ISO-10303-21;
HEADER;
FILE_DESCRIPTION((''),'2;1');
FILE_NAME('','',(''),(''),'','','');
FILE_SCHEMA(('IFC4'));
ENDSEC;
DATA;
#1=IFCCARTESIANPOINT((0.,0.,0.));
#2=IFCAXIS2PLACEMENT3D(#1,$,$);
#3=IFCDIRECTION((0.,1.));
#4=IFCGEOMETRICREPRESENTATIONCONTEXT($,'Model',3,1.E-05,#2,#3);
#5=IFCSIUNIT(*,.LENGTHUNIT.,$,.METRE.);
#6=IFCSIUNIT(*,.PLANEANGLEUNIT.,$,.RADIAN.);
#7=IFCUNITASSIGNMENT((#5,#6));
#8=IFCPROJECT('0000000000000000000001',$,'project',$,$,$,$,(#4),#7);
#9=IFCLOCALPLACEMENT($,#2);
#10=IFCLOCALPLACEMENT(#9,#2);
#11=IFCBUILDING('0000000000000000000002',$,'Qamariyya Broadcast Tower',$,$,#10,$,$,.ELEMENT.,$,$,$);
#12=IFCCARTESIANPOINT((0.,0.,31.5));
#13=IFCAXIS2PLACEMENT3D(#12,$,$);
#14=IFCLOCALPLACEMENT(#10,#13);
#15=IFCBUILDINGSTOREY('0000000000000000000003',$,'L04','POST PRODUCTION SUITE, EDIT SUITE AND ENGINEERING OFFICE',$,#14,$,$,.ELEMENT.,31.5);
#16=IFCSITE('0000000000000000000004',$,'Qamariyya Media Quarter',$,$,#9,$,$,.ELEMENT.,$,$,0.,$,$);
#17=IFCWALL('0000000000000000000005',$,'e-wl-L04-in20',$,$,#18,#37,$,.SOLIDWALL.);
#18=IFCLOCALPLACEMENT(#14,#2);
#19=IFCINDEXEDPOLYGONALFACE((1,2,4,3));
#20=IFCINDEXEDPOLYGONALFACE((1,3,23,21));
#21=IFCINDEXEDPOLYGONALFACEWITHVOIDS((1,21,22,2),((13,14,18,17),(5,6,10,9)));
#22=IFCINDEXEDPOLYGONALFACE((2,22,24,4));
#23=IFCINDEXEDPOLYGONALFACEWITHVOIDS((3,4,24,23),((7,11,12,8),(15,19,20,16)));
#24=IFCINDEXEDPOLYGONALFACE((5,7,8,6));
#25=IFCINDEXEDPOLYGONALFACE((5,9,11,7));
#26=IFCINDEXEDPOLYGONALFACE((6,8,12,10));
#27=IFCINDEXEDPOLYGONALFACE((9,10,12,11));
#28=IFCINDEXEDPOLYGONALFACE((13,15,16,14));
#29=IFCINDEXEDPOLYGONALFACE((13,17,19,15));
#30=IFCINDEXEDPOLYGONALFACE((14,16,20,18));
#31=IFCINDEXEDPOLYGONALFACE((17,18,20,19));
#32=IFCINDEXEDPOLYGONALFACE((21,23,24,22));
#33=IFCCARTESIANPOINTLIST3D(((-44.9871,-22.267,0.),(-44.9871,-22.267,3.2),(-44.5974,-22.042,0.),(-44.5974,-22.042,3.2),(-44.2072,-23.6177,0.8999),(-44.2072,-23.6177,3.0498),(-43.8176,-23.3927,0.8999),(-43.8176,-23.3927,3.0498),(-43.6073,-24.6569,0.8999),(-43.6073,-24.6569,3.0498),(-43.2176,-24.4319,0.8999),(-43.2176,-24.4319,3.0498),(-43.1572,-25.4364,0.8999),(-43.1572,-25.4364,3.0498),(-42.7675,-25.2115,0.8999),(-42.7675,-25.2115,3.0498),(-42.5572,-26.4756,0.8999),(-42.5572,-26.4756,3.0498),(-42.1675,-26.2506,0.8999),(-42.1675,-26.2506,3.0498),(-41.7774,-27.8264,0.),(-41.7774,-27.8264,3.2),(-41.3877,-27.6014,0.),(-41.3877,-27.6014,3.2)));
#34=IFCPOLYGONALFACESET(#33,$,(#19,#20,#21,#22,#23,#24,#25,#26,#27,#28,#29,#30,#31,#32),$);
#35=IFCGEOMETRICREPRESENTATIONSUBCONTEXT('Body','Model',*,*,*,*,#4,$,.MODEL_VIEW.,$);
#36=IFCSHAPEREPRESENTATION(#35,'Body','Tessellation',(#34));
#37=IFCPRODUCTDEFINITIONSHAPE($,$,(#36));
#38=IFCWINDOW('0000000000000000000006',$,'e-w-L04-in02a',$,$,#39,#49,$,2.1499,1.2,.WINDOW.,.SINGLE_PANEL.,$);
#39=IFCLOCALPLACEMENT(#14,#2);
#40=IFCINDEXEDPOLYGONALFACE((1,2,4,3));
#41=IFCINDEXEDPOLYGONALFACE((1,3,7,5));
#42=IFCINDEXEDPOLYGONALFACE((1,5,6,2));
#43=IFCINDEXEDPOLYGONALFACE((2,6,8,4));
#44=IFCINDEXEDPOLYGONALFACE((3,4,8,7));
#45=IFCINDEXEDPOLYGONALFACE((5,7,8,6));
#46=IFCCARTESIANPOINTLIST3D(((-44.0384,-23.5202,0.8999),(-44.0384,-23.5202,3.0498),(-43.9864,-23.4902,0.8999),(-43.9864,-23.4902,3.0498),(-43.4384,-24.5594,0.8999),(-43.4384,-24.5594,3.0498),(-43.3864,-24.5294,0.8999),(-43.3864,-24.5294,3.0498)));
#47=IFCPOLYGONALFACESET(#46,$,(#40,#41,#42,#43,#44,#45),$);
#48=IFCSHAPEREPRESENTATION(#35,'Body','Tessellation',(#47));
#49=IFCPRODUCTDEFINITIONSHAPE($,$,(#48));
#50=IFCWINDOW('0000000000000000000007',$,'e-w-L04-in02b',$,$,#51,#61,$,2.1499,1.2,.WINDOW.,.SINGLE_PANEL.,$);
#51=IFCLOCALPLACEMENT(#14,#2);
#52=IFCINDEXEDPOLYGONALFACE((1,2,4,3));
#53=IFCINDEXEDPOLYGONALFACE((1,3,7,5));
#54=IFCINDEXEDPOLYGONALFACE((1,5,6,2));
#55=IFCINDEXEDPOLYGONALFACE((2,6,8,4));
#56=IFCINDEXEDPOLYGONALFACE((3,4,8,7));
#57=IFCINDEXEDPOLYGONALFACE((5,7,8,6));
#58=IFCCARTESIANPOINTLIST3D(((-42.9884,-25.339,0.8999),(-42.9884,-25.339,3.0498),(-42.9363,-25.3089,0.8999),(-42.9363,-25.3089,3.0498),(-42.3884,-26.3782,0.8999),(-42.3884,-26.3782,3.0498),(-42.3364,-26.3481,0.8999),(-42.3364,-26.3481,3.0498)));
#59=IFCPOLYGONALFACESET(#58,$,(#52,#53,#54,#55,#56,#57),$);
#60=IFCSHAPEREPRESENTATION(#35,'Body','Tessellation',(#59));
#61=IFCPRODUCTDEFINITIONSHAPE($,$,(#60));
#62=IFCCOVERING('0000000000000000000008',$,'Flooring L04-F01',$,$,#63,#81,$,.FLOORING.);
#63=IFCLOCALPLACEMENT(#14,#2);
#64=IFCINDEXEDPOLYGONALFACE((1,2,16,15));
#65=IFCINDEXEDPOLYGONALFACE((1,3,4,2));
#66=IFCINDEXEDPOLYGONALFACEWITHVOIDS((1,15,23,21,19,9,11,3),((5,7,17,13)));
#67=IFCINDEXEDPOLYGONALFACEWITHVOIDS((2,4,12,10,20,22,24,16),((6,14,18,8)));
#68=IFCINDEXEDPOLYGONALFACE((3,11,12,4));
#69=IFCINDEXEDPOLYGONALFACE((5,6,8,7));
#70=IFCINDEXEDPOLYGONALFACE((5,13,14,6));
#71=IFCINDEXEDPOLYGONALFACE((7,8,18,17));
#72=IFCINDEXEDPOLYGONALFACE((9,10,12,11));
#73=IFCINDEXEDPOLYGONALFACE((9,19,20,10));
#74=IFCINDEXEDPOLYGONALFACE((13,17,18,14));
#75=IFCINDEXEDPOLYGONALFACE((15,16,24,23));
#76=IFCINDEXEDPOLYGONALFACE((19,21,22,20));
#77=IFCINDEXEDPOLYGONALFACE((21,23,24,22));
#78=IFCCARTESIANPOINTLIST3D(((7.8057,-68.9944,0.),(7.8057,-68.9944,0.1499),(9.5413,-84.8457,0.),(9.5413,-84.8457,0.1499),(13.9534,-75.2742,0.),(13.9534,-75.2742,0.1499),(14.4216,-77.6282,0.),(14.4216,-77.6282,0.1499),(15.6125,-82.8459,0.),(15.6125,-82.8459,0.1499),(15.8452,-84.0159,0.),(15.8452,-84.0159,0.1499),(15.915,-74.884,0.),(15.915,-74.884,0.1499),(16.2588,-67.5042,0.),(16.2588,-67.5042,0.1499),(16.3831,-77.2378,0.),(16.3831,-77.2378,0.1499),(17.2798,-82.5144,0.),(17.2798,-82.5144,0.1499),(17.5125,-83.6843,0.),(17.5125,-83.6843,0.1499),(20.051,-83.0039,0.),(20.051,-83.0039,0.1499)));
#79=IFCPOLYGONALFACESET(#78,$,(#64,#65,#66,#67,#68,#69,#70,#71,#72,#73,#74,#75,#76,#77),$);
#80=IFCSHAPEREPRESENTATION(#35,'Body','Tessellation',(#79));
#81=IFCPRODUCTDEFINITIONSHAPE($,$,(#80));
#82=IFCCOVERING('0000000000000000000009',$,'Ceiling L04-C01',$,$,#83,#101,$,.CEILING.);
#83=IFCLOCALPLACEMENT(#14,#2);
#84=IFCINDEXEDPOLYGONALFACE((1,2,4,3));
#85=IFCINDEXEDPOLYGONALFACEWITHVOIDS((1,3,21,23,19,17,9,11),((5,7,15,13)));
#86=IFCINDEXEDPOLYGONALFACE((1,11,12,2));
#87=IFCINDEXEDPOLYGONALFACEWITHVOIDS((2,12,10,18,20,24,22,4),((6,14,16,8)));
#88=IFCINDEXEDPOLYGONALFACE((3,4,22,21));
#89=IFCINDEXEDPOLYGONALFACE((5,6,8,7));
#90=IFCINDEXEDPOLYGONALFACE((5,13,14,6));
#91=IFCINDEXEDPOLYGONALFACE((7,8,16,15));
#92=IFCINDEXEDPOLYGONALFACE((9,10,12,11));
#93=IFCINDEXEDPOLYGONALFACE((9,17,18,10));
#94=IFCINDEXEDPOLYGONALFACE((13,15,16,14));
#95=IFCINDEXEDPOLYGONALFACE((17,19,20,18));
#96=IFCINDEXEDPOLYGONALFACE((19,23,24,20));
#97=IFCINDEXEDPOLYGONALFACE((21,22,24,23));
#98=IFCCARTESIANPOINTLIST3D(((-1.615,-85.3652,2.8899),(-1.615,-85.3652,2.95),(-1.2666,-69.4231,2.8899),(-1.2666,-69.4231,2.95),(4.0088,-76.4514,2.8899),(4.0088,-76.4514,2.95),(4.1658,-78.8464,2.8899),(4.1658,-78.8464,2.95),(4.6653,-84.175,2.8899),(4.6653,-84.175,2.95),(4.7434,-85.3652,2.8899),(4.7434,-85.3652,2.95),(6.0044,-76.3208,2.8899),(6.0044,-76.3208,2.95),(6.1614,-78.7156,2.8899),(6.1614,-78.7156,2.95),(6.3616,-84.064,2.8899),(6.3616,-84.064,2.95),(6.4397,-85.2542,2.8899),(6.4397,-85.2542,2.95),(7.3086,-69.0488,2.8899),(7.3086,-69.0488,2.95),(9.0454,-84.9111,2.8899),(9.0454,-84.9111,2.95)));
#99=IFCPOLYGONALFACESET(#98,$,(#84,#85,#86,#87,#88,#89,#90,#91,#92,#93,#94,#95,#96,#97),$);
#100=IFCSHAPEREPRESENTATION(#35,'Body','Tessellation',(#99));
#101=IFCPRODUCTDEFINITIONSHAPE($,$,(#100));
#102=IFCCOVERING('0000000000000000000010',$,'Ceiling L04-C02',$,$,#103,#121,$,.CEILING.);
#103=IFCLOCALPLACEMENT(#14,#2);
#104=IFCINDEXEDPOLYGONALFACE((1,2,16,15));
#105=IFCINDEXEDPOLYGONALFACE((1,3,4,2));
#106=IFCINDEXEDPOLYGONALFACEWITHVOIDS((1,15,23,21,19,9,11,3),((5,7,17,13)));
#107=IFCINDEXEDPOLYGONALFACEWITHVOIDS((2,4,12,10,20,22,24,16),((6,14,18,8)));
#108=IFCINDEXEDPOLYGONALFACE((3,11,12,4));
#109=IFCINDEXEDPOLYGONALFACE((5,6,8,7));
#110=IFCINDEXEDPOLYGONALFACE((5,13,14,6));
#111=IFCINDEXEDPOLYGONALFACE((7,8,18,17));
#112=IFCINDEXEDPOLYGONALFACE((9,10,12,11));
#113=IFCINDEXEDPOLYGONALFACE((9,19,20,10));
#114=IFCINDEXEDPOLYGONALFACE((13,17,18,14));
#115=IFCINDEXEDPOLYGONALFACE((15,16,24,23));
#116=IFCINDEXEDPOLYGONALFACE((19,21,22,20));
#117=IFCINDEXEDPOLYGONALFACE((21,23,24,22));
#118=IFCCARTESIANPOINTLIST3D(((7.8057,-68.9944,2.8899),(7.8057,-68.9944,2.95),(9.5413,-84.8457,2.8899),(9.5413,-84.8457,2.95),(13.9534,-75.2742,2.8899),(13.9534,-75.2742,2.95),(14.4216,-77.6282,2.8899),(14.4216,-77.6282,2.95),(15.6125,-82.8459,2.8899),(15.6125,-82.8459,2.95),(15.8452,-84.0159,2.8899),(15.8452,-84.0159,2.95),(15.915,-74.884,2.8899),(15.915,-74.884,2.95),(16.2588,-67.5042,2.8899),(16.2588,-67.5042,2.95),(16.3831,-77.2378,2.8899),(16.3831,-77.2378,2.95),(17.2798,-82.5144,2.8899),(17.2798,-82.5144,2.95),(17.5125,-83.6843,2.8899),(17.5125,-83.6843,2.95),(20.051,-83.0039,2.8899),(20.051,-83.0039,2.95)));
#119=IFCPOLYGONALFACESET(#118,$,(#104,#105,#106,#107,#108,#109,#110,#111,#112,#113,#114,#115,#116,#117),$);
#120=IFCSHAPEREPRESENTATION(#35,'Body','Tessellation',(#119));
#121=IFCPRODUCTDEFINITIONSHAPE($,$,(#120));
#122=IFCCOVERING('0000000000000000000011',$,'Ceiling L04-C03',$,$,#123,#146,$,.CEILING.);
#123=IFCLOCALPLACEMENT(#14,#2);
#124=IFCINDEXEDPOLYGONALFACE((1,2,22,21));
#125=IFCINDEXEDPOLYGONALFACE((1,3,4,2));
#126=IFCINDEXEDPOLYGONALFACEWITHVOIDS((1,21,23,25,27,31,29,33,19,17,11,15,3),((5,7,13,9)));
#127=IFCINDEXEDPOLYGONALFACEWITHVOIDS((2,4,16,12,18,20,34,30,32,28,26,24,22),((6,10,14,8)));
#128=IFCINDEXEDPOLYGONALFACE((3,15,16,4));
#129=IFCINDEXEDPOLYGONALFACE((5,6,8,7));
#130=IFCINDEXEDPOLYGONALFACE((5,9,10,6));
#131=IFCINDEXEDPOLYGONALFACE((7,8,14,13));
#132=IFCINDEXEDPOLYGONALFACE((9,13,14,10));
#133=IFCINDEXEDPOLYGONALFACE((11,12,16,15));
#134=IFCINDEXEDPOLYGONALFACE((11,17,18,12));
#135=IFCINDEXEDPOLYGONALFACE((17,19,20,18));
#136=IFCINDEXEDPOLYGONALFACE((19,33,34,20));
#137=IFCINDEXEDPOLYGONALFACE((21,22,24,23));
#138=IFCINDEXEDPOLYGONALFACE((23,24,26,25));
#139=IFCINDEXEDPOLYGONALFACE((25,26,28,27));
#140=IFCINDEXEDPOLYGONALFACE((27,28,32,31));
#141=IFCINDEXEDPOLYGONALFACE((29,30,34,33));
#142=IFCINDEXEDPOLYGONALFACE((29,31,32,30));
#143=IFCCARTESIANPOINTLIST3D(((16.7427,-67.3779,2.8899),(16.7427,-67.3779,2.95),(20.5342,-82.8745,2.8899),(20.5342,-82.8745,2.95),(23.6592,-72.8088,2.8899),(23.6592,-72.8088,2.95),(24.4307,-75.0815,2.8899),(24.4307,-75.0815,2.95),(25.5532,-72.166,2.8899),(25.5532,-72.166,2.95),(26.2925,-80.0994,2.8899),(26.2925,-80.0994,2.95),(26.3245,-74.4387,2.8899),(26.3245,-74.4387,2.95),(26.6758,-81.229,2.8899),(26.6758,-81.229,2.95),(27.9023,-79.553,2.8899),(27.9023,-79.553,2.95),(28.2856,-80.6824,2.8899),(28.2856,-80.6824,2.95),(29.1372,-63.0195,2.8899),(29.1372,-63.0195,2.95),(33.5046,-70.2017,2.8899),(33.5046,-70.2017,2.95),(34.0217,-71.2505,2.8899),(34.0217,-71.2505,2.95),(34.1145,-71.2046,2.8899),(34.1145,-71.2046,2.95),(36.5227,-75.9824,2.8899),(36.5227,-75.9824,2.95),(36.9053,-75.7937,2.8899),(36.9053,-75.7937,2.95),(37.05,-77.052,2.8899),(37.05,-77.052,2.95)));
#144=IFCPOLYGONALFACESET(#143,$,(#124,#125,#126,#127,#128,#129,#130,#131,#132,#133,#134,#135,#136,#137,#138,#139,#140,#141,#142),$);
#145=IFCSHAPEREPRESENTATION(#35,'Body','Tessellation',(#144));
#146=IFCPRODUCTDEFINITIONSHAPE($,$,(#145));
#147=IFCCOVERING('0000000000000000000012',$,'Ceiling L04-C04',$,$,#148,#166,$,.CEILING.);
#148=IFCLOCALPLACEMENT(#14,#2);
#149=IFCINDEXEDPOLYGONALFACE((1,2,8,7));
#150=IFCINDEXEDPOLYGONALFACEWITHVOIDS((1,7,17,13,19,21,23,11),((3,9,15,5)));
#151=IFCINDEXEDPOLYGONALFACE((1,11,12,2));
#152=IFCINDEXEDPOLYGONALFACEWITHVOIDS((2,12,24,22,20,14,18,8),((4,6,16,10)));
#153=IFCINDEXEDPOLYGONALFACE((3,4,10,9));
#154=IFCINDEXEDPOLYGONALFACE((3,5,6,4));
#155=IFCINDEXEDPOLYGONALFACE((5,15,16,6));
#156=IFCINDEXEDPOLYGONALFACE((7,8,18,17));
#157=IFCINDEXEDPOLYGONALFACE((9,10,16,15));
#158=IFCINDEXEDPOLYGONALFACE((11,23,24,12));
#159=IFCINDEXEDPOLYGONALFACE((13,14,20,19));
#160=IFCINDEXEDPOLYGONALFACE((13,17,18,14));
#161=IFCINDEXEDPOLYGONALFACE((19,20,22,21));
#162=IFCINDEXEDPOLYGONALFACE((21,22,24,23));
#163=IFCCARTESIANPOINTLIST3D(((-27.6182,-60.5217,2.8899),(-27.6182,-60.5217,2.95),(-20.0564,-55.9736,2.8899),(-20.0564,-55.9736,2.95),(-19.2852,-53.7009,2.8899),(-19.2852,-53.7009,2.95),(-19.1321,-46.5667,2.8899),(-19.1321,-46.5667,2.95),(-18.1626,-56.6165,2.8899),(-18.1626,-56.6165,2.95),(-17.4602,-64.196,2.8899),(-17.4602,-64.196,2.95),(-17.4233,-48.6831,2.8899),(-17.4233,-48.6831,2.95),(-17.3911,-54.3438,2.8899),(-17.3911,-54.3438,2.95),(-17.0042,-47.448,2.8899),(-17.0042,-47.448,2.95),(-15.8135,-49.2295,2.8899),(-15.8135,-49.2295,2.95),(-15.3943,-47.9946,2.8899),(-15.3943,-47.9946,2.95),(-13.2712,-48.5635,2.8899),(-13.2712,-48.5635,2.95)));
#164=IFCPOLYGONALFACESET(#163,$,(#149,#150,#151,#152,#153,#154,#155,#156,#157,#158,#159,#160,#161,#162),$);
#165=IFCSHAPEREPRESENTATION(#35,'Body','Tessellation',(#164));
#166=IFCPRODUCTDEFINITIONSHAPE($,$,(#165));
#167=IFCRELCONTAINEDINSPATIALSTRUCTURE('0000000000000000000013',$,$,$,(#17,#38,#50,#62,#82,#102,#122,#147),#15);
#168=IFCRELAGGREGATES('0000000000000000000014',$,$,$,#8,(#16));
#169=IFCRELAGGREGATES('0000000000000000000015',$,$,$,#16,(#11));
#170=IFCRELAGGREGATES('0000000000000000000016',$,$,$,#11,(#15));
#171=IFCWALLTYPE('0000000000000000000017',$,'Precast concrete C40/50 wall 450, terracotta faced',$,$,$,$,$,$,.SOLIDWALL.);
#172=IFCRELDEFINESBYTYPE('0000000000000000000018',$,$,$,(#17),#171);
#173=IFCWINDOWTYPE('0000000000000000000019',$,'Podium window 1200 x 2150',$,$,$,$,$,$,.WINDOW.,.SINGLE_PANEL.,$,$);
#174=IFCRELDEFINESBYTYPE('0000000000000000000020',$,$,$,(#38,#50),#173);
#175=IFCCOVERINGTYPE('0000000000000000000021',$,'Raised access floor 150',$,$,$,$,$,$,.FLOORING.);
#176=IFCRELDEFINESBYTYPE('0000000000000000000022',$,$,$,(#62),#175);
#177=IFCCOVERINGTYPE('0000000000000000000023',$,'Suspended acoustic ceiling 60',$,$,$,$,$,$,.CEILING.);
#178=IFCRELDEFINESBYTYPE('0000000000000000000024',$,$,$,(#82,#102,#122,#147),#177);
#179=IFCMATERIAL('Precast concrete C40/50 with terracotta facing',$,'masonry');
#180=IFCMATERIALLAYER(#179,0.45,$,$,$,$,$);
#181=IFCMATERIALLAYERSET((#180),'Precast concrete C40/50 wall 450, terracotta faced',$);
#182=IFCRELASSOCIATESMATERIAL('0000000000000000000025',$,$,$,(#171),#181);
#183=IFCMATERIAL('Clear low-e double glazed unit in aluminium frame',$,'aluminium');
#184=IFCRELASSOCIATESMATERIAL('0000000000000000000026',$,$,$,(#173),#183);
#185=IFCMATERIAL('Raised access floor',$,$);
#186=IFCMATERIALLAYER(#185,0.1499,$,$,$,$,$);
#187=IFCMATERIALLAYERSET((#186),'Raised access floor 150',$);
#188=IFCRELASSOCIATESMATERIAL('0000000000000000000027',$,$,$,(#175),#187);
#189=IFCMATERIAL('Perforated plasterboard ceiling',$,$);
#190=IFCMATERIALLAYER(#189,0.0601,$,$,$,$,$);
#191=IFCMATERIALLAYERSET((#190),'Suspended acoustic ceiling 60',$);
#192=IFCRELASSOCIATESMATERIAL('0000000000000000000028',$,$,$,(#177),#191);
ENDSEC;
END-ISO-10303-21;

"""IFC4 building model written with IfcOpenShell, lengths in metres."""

from ifc_helpers import new_model, si_unit, direction, frame, frame_2d, origin, place, context, subcontext, project, spatial, polyline, rectangle, outline, extrude, material, layer, layer_set, type_object, element, fill, save


model = new_model("IFC4")

# Units and contexts
model_context = context("Model", 3, precision=1e-05, world=origin(), true_north=direction((0.0, 1.0)))
body_context = subcontext(model_context, "Body", "Model", "MODEL_VIEW")
ifc_project = project(units=[si_unit("LENGTHUNIT", "METRE"), si_unit("PLANEANGLEUNIT", "RADIAN")], contexts=[model_context])

# Site, building, storey
site_placement = place(None, origin())
site = spatial("IfcSite", under=ifc_project, at=site_placement, Name="Qamariyya Media Quarter", CompositionType="ELEMENT", RefElevation=0.0)
building_placement = place(site_placement, origin())
building = spatial("IfcBuilding", under=site, at=building_placement, Name="Qamariyya Broadcast Tower", CompositionType="ELEMENT")
storey_placement = place(building_placement, frame((0.0, 0.0, 31.5)))
storey = spatial("IfcBuildingStorey", under=building, at=storey_placement, Name="L04", Description="POST PRODUCTION SUITE, EDIT SUITE AND ENGINEERING OFFICE", CompositionType="ELEMENT", Elevation=31.5)

# Wall, openings, windows
ifc_material_1 = material(Name="Precast concrete C40/50 with terracotta facing", Category="masonry")
ifc_layer_1 = layer(ifc_material_1, 0.45)
ifc_layer_set_1 = layer_set([ifc_layer_1], Name="Precast concrete C40/50 wall 450, terracotta faced")
wall_type = type_object("IfcWallType", Name="Precast concrete C40/50 wall 450, terracotta faced", PredefinedType="SOLIDWALL", material=ifc_layer_set_1)
wall_placement = place(storey_placement, frame((-41.5825, -27.7139, 0.0), z_axis=(0.0, 0.0, 1.0), x_axis=(-0.500004, 0.866023, 0.0)))
wall = element("IfcWall", 1, at=wall_placement, inside=storey, type_object=wall_type, Name="e-wl-L04-in20", PredefinedType="SOLIDWALL", context=body_context, shape_type="SweptSolid", body=[
    extrude(rectangle(XDim=6.4194, YDim=0.45, at=frame_2d((3.2097, 0.0))), origin(), (0.0, 0.0, 1.0), 3.2),
])
opening_1_placement = place(wall_placement, frame((3.6597, 0.0, 0.8999)))
opening_1 = element("IfcOpeningElement", 2, at=opening_1_placement, cuts=wall, PredefinedType="OPENING", context=body_context, shape_type="SweptSolid", body=[
    extrude(rectangle(XDim=1.2, YDim=2.1499, at=frame_2d((0.6001, 1.075))), frame((0.0, 0.2349, 0.0), z_axis=(0.0, -1.0, 0.0), x_axis=(1.0, 0.0, 0.0)), (0.0, 0.0, 1.0), 0.47),
])
opening_2_placement = place(wall_placement, frame((1.5596, 0.0, 0.8999)))
opening_2 = element("IfcOpeningElement", 3, at=opening_2_placement, cuts=wall, PredefinedType="OPENING", context=body_context, shape_type="SweptSolid", body=[
    extrude(rectangle(XDim=1.2, YDim=2.1499, at=frame_2d((0.6001, 1.075))), frame((0.0, 0.2349, 0.0), z_axis=(0.0, -1.0, 0.0), x_axis=(1.0, 0.0, 0.0)), (0.0, 0.0, 1.0), 0.47),
])
ifc_material_2 = material(Name="Clear low-e double glazed unit in aluminium frame", Category="aluminium")
window_type = type_object("IfcWindowType", Name="Podium window 1200 x 2150", PartitioningType="SINGLE_PANEL", PredefinedType="WINDOW", material=ifc_material_2)
window_1_placement = place(opening_1_placement, origin())
window_1 = element("IfcWindow", 4, at=window_1_placement, inside=storey, type_object=window_type, Name="e-w-L04-in02a", OverallHeight=2.1499, OverallWidth=1.2, PartitioningType="SINGLE_PANEL", PredefinedType="WINDOW", context=body_context, shape_type="SweptSolid", body=[
    extrude(rectangle(XDim=1.2, YDim=2.1499, at=frame_2d((0.6001, 1.075))), frame((0.0, 0.03, 0.0), z_axis=(0.0, -1.0, 0.0), x_axis=(1.0, 0.0, 0.0)), (0.0, 0.0, 1.0), 0.0601),
])
fill(opening_1, window_1)
window_2_placement = place(opening_2_placement, origin())
window_2 = element("IfcWindow", 5, at=window_2_placement, inside=storey, type_object=window_type, Name="e-w-L04-in02b", OverallHeight=2.1499, OverallWidth=1.2, PartitioningType="SINGLE_PANEL", PredefinedType="WINDOW", context=body_context, shape_type="SweptSolid", body=[
    extrude(rectangle(XDim=1.2, YDim=2.1499, at=frame_2d((0.6001, 1.075))), frame((0.0, 0.03, 0.0), z_axis=(0.0, -1.0, 0.0), x_axis=(1.0, 0.0, 0.0)), (0.0, 0.0, 1.0), 0.0601),
])
fill(opening_2, window_2)

# Coverings
ifc_material_3 = material(Name="Raised access floor")
ifc_layer_2 = layer(ifc_material_3, 0.1499)
ifc_layer_set_2 = layer_set([ifc_layer_2], Name="Raised access floor 150")
covering_type_1 = type_object("IfcCoveringType", Name="Raised access floor 150", PredefinedType="FLOORING", material=ifc_layer_set_2)
covering_1_placement = place(storey_placement, origin())
element("IfcCovering", 6, at=covering_1_placement, inside=storey, type_object=covering_type_1, Name="Flooring L04-F01", PredefinedType="FLOORING", context=body_context, shape_type="SweptSolid", body=[
    extrude(outline(polyline([(20.051, -83.0039), (17.5125, -83.6843), (17.2798, -82.5144), (15.6125, -82.8459), (15.8452, -84.0159), (9.5413, -84.8457), (7.8057, -68.9944), (16.2588, -67.5042), (20.051, -83.0039)]), holes=[polyline([(13.9534, -75.2742), (14.4216, -77.6282), (16.3831, -77.2378), (15.915, -74.884), (13.9534, -75.2742)])]), origin(), (0.0, 0.0, 1.0), 0.1499),
])
ifc_material_4 = material(Name="Perforated plasterboard ceiling")
ifc_layer_3 = layer(ifc_material_4, 0.0601)
ifc_layer_set_3 = layer_set([ifc_layer_3], Name="Suspended acoustic ceiling 60")
covering_type_2 = type_object("IfcCoveringType", Name="Suspended acoustic ceiling 60", PredefinedType="CEILING", material=ifc_layer_set_3)
covering_2_placement = place(storey_placement, frame((0.0, 0.0, 2.8899)))
element("IfcCovering", 7, at=covering_2_placement, inside=storey, type_object=covering_type_2, Name="Ceiling L04-C01", PredefinedType="CEILING", context=body_context, shape_type="SweptSolid", body=[
    extrude(outline(polyline([(9.0454, -84.9111), (6.4397, -85.2542), (6.3616, -84.064), (4.6653, -84.175), (4.7434, -85.3652), (-1.615, -85.3652), (-1.2666, -69.4231), (7.3086, -69.0488), (9.0454, -84.9111)]), holes=[polyline([(4.1658, -78.8464), (6.1614, -78.7156), (6.0044, -76.3208), (4.0088, -76.4514), (4.1658, -78.8464)])]), origin(), (0.0, 0.0, 1.0), 0.0601),
])
covering_3_placement = place(storey_placement, frame((0.0, 0.0, 2.8899)))
element("IfcCovering", 8, at=covering_3_placement, inside=storey, type_object=covering_type_2, Name="Ceiling L04-C02", PredefinedType="CEILING", context=body_context, shape_type="SweptSolid", body=[
    extrude(outline(polyline([(20.051, -83.0039), (17.5125, -83.6843), (17.2798, -82.5144), (15.6125, -82.8459), (15.8452, -84.0159), (9.5413, -84.8457), (7.8057, -68.9944), (16.2588, -67.5042), (20.051, -83.0039)]), holes=[polyline([(13.9534, -75.2742), (14.4216, -77.6282), (16.3831, -77.2378), (15.915, -74.884), (13.9534, -75.2742)])]), origin(), (0.0, 0.0, 1.0), 0.0601),
])
covering_4_placement = place(storey_placement, frame((0.0, 0.0, 2.8899)))
element("IfcCovering", 9, at=covering_4_placement, inside=storey, type_object=covering_type_2, Name="Ceiling L04-C03", PredefinedType="CEILING", context=body_context, shape_type="SweptSolid", body=[
    extrude(outline(polyline([(33.5046, -70.2017), (34.0217, -71.2505), (34.1145, -71.2046), (36.9053, -75.7937), (36.5227, -75.9824), (37.05, -77.052), (28.2856, -80.6824), (27.9023, -79.553), (26.2925, -80.0994), (26.6758, -81.229), (20.5342, -82.8745), (16.7427, -67.3779), (29.1372, -63.0195), (33.5046, -70.2017)]), holes=[polyline([(24.4307, -75.0815), (26.3245, -74.4387), (25.5532, -72.166), (23.6592, -72.8088), (24.4307, -75.0815)])]), origin(), (0.0, 0.0, 1.0), 0.0601),
])
covering_5_placement = place(storey_placement, frame((0.0, 0.0, 2.8899)))
element("IfcCovering", 10, at=covering_5_placement, inside=storey, type_object=covering_type_2, Name="Ceiling L04-C04", PredefinedType="CEILING", context=body_context, shape_type="SweptSolid", body=[
    extrude(outline(polyline([(-19.1321, -46.5667), (-17.0042, -47.448), (-17.4233, -48.6831), (-15.8135, -49.2295), (-15.3943, -47.9946), (-13.2712, -48.5635), (-17.4602, -64.196), (-27.6182, -60.5217), (-19.1321, -46.5667)]), holes=[polyline([(-20.0564, -55.9736), (-18.1626, -56.6165), (-17.3911, -54.3438), (-19.2852, -53.7009), (-20.0564, -55.9736)])]), origin(), (0.0, 0.0, 1.0), 0.0601),
])

save(model, "model.ifc")
